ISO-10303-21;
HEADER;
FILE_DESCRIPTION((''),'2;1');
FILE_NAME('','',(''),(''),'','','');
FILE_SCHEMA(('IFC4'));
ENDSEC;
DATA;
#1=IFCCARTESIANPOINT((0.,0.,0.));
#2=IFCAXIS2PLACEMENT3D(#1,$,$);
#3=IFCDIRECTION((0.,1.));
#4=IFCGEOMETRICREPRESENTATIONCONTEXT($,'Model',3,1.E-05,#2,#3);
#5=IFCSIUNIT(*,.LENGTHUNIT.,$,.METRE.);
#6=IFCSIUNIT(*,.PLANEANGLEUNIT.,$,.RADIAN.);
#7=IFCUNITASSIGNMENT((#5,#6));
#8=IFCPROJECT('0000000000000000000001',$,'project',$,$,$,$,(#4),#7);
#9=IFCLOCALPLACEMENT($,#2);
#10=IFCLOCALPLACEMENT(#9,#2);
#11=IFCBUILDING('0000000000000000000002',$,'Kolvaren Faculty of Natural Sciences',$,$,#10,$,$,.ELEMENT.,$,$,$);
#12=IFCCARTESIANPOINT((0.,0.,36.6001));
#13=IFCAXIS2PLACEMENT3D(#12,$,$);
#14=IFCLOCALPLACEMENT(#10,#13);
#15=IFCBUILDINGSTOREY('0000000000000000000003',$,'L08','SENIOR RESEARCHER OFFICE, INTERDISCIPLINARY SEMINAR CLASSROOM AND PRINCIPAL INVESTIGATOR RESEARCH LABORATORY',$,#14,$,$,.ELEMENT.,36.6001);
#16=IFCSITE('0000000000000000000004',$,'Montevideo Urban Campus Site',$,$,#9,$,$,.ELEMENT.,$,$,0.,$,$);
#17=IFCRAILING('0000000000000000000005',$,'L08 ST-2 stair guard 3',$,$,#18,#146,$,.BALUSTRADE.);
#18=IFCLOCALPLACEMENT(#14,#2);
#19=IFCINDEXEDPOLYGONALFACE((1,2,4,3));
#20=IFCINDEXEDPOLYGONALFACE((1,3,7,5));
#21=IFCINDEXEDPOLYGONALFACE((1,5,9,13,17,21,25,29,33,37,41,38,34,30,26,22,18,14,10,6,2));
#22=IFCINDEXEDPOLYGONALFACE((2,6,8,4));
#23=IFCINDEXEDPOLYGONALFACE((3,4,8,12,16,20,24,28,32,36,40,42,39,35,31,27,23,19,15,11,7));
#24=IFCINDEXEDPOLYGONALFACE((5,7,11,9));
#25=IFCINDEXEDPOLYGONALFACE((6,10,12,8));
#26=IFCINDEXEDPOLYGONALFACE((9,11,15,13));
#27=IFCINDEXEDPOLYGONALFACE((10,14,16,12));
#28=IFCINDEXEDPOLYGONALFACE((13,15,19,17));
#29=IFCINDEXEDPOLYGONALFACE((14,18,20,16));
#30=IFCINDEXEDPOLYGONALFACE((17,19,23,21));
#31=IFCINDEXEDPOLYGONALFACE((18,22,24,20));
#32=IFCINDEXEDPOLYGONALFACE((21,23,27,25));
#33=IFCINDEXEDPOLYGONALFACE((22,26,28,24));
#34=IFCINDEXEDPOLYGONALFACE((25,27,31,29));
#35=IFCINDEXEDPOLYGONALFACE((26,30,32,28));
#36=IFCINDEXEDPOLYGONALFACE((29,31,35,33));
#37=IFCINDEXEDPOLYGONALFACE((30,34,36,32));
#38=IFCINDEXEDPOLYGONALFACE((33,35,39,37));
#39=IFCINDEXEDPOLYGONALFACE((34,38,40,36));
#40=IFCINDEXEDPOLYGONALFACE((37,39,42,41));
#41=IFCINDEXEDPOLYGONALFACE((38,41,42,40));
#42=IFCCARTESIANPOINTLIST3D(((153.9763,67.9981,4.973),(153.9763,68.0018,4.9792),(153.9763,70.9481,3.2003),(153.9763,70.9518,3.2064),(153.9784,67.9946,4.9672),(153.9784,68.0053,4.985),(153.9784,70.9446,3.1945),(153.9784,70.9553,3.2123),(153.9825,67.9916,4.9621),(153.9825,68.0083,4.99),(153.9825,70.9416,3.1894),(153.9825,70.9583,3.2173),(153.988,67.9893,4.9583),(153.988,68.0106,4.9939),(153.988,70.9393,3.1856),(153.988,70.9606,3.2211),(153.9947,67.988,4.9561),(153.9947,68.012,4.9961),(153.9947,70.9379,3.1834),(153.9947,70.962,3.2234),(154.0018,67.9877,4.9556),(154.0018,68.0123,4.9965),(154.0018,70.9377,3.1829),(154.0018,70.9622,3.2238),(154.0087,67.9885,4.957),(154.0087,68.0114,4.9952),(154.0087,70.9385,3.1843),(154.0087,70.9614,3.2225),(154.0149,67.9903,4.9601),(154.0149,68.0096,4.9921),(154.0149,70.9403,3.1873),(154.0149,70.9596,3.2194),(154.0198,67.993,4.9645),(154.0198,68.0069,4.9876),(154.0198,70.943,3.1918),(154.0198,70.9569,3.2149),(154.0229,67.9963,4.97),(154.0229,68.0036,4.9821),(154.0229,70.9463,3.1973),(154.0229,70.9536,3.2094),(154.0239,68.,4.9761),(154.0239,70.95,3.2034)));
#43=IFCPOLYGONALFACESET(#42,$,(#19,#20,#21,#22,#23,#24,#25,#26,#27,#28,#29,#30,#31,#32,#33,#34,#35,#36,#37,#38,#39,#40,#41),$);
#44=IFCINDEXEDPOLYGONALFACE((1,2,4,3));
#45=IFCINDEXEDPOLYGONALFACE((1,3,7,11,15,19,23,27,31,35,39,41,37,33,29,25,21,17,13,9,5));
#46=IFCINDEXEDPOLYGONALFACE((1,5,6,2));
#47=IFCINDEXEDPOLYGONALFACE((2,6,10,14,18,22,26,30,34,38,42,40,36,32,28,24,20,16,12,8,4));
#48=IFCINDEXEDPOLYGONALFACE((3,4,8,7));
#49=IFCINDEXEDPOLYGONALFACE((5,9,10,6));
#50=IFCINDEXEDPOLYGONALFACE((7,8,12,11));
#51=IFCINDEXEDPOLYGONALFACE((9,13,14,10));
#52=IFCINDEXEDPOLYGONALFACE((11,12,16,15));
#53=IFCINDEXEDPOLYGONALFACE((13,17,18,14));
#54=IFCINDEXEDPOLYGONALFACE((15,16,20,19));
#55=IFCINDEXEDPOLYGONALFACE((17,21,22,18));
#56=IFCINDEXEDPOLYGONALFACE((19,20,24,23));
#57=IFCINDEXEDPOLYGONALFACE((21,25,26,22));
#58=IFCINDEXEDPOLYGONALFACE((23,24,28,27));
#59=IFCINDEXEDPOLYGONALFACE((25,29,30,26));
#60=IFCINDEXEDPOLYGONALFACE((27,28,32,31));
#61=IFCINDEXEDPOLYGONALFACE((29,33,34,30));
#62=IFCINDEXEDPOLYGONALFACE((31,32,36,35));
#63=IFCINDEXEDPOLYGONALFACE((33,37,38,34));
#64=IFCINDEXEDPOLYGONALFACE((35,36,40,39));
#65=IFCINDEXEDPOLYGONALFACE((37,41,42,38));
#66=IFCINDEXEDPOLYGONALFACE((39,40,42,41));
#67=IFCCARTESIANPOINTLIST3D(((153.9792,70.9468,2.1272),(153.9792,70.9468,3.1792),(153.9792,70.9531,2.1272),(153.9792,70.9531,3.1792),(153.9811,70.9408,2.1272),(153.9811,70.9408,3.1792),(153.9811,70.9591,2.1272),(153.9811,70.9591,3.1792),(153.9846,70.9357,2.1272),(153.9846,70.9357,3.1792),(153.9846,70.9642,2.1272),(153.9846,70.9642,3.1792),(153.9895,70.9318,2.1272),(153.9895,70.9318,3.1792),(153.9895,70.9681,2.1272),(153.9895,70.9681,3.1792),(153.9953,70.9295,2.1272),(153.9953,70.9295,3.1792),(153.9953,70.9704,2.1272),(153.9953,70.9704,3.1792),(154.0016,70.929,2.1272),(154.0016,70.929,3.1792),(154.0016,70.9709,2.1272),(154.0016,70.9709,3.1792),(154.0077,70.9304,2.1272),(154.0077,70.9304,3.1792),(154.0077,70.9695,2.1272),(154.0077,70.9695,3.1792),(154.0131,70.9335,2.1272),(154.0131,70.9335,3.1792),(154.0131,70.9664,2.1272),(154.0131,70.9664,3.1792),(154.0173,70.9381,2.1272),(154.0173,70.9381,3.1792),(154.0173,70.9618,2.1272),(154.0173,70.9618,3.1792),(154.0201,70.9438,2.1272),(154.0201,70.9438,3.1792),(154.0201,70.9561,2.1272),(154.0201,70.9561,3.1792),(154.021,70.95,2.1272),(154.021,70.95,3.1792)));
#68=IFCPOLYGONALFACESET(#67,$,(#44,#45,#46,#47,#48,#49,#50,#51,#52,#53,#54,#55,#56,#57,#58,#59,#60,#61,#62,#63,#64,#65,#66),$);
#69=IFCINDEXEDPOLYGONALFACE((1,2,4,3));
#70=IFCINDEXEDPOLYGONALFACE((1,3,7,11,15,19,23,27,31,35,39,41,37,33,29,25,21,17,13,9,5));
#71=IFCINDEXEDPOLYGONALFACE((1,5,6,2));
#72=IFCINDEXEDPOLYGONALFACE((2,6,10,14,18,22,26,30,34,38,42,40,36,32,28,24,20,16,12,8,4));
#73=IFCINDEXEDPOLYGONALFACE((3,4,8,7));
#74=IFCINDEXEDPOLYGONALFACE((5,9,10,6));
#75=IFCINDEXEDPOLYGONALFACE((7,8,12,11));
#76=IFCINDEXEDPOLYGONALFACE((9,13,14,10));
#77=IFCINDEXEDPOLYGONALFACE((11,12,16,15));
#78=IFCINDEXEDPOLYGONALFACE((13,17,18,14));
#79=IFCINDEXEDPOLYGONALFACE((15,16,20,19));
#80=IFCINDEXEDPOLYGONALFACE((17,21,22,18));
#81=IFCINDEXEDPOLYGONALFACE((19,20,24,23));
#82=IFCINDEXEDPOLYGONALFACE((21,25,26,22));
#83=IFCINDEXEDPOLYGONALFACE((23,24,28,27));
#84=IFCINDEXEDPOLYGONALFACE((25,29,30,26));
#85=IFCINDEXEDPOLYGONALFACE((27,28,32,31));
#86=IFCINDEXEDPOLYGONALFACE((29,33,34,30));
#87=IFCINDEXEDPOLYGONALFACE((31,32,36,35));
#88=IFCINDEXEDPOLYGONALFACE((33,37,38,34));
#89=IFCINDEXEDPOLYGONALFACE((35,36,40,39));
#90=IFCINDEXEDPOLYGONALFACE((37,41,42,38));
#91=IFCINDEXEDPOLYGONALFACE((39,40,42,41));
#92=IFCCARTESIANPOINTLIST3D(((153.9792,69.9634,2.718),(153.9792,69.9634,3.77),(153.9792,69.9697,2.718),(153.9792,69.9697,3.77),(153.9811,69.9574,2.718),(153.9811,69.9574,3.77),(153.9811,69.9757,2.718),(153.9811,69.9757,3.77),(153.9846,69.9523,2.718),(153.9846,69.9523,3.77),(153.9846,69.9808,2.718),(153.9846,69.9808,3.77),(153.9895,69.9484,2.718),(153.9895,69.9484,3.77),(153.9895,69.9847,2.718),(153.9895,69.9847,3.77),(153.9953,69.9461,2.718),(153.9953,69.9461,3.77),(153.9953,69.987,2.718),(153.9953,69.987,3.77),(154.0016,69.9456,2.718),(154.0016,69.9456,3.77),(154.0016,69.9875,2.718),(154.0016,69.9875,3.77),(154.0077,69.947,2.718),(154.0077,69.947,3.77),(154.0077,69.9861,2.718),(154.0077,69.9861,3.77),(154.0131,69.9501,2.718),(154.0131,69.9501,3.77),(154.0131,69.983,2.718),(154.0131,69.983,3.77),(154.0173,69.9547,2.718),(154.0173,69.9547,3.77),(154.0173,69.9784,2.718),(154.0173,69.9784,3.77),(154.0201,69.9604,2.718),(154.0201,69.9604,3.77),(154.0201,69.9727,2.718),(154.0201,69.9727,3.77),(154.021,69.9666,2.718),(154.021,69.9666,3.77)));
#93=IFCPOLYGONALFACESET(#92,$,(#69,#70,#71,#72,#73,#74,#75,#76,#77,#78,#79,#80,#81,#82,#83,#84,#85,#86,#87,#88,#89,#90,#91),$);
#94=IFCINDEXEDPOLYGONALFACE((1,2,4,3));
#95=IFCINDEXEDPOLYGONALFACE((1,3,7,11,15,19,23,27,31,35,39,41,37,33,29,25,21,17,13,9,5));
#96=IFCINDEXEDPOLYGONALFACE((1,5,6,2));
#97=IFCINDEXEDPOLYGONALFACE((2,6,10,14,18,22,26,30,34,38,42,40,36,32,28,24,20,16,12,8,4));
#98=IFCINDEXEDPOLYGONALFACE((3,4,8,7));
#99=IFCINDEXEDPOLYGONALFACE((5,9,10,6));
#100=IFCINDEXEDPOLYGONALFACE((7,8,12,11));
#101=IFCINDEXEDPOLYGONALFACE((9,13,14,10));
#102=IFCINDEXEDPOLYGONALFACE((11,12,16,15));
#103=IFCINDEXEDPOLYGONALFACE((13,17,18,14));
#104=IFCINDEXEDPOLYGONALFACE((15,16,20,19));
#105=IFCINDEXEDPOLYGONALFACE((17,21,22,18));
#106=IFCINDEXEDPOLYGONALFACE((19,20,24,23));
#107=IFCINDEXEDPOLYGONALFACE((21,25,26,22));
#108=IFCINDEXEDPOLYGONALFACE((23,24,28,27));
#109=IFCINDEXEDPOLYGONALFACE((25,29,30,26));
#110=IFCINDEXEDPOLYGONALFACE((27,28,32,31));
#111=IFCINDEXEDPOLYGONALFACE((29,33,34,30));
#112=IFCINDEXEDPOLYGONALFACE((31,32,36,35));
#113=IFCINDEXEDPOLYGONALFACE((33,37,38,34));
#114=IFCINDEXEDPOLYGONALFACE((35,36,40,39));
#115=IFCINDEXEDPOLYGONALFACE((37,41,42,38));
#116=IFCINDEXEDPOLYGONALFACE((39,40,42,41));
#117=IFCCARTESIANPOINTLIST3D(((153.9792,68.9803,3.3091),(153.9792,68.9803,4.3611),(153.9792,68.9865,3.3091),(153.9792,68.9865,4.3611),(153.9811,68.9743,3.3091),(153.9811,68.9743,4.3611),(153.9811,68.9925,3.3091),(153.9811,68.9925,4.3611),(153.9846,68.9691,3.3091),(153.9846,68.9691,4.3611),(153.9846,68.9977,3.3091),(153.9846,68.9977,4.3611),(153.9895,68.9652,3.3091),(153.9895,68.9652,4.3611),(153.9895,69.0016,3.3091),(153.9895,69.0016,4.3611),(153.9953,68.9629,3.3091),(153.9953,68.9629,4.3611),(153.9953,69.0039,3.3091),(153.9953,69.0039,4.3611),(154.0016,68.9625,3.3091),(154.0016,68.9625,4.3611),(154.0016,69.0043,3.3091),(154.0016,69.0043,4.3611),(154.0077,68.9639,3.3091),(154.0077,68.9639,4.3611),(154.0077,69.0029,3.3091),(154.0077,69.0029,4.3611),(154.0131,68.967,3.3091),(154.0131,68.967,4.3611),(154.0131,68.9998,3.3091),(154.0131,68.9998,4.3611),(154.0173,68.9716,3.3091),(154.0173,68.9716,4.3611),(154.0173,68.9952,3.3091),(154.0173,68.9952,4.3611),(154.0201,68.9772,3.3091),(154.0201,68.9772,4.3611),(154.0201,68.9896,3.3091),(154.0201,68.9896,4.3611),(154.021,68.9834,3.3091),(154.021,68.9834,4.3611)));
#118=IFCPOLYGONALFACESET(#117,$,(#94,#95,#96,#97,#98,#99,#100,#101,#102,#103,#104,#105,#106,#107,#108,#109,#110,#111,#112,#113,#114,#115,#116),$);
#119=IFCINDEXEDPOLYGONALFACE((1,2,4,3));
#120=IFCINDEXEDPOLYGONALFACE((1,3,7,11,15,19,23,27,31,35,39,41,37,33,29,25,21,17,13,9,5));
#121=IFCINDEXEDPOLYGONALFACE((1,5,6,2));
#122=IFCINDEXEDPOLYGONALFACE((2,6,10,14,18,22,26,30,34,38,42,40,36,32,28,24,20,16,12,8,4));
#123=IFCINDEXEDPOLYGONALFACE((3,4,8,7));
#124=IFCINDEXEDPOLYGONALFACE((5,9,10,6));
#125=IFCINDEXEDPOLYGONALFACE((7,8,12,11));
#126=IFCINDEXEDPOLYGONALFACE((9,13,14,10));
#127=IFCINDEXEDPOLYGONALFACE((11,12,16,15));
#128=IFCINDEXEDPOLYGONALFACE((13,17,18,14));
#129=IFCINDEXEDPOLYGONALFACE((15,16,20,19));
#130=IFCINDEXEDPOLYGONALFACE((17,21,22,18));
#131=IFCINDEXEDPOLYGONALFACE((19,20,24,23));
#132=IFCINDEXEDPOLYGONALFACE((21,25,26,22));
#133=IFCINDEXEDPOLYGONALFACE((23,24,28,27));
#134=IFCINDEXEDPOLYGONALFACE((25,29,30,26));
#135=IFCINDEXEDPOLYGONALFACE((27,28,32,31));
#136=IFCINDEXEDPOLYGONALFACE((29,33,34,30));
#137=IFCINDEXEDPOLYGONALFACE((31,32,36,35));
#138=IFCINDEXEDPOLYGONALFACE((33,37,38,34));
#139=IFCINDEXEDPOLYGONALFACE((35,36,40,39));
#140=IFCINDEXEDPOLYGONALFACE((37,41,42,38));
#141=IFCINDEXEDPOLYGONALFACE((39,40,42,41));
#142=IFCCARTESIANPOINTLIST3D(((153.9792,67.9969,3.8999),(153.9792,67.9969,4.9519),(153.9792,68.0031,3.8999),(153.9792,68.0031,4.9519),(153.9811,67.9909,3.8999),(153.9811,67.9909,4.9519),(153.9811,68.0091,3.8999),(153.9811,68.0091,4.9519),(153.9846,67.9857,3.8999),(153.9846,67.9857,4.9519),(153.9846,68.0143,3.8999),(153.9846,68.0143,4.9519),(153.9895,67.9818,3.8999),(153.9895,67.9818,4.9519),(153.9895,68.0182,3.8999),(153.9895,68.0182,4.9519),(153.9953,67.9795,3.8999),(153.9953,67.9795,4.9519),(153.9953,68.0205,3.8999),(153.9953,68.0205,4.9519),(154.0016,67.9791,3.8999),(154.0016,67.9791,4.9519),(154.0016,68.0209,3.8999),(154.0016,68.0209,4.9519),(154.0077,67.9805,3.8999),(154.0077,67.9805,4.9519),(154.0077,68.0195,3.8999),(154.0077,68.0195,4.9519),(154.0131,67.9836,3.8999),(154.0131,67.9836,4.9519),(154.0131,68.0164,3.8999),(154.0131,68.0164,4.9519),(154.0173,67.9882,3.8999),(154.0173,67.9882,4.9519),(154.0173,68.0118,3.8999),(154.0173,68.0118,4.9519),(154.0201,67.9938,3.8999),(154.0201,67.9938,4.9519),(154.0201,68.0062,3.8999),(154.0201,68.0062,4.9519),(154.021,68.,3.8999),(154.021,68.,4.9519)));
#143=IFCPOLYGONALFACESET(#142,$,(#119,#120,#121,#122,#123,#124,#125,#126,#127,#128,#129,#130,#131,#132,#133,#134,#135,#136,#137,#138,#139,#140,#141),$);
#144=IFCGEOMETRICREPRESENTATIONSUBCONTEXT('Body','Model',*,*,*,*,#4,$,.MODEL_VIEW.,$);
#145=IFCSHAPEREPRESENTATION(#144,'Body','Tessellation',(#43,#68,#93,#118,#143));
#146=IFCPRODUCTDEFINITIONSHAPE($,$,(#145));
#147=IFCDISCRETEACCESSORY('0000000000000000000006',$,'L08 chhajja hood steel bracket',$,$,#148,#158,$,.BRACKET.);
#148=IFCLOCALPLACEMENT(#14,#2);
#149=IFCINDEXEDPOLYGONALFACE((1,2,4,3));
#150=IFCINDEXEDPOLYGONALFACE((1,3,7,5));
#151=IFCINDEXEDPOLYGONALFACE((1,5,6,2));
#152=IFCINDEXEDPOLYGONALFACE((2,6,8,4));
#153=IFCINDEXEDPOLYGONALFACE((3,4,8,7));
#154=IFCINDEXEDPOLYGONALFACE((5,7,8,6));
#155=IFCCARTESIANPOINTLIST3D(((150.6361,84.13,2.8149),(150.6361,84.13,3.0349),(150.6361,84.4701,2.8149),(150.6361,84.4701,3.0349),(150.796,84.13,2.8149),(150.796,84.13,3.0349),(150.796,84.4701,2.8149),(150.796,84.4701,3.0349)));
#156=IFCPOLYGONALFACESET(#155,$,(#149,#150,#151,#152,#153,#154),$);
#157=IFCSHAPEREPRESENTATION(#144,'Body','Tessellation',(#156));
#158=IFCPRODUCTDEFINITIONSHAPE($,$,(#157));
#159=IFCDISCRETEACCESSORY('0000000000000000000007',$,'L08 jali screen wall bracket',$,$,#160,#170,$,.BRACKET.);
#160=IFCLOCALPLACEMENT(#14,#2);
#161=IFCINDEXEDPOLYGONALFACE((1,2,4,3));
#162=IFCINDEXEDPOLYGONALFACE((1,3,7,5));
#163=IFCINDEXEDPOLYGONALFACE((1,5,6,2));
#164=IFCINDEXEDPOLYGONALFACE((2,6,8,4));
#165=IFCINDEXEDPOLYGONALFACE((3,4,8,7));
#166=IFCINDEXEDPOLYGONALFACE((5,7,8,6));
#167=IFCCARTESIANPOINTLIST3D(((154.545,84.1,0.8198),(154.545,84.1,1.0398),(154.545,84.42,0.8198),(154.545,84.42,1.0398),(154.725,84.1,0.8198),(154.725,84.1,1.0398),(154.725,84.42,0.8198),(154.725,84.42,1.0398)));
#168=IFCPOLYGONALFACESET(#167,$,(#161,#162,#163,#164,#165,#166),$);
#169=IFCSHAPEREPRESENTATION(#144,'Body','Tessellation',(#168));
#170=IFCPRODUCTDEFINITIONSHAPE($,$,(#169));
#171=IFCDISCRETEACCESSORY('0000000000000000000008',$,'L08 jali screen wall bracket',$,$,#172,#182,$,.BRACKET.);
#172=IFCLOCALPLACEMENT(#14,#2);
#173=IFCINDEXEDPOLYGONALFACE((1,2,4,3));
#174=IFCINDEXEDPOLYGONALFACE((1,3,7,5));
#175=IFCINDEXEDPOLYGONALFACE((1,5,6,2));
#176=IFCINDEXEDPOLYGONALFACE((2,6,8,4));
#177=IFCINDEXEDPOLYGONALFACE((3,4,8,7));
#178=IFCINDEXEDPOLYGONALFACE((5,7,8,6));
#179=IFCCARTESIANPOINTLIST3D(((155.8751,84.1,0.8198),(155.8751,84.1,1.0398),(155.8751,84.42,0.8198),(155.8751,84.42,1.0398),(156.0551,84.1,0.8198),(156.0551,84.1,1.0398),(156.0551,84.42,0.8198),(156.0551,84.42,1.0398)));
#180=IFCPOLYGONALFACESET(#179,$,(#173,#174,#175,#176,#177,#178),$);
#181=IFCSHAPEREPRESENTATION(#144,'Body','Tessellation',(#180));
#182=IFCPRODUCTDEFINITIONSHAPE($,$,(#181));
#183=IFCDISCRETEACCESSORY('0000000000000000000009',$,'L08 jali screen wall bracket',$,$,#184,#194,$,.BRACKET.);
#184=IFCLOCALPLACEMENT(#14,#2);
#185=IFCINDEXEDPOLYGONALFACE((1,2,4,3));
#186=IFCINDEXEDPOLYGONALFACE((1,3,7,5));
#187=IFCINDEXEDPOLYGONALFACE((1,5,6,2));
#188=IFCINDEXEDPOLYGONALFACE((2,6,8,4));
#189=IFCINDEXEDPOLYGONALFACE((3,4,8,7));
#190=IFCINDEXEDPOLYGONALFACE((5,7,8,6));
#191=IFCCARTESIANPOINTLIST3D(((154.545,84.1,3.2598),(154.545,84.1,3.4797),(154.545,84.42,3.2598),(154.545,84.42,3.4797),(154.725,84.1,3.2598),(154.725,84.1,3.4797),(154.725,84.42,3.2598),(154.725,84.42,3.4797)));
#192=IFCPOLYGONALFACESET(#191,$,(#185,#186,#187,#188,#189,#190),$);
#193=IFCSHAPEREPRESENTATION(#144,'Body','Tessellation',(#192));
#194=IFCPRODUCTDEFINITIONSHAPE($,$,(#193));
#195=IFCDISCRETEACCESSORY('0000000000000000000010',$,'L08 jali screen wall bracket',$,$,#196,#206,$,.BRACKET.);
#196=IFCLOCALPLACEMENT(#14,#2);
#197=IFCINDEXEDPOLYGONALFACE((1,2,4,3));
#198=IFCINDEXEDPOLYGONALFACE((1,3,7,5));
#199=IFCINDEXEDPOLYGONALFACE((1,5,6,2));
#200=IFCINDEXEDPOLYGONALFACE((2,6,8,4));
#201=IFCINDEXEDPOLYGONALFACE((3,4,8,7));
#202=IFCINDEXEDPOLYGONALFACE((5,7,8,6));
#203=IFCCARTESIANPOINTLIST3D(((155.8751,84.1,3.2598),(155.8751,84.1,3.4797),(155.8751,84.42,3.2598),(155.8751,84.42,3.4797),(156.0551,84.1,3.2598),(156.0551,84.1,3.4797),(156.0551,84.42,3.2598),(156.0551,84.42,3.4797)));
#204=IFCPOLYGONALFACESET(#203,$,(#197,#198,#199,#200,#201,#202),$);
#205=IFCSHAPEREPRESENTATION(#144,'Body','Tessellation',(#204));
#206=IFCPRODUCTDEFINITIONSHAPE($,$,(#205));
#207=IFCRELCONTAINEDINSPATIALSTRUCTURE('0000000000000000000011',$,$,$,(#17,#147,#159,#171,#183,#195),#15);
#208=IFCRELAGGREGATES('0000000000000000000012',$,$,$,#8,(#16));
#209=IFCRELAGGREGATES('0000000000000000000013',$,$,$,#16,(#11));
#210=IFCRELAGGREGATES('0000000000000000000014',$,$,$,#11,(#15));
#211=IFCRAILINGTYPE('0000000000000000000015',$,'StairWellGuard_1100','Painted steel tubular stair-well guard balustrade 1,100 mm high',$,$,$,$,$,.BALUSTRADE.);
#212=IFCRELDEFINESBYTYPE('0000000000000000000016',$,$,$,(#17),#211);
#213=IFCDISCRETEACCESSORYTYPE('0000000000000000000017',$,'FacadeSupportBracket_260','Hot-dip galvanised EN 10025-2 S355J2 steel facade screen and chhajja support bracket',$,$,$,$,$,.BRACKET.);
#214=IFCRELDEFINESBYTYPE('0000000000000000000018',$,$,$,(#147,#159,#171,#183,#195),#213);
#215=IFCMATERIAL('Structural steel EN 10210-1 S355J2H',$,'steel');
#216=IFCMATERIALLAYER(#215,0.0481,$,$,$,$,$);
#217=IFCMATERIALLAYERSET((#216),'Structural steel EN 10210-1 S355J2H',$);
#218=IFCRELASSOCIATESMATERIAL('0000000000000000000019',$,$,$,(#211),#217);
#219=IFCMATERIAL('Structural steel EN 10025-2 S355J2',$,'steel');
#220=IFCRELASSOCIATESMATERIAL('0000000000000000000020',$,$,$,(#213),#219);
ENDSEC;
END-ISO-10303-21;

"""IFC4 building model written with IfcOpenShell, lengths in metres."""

from ifc_helpers import new_model, si_unit, direction, frame, origin, origin_2d, place, context, subcontext, project, spatial, rectangle, circle, extrude, material, layer, layer_set, type_object, element, save


model = new_model("IFC4")

# Units and contexts
model_context = context("Model", 3, precision=1e-05, world=origin(), true_north=direction((0.0, 1.0)))
body_context = subcontext(model_context, "Body", "Model", "MODEL_VIEW")
ifc_project = project(units=[si_unit("LENGTHUNIT", "METRE"), si_unit("PLANEANGLEUNIT", "RADIAN")], contexts=[model_context])

# Site, building, storey
site_placement = place(None, origin())
site = spatial("IfcSite", under=ifc_project, at=site_placement, Name="Montevideo Urban Campus Site", CompositionType="ELEMENT", RefElevation=0.0)
building_placement = place(site_placement, origin())
building = spatial("IfcBuilding", under=site, at=building_placement, Name="Kolvaren Faculty of Natural Sciences", CompositionType="ELEMENT")
storey_placement = place(building_placement, frame((0.0, 0.0, 36.6001)))
storey = spatial("IfcBuildingStorey", under=building, at=storey_placement, Name="L08", Description="SENIOR RESEARCHER OFFICE, INTERDISCIPLINARY SEMINAR CLASSROOM AND PRINCIPAL INVESTIGATOR RESEARCH LABORATORY", CompositionType="ELEMENT", Elevation=36.6001)

# Railing
ifc_material_1 = material(Name="Structural steel EN 10210-1 S355J2H", Category="steel")
ifc_layer_1 = layer(ifc_material_1, 0.0481)
ifc_layer_set_1 = layer_set([ifc_layer_1], Name="Structural steel EN 10210-1 S355J2H")
railing_type = type_object("IfcRailingType", Name="StairWellGuard_1100", Description="Painted steel tubular stair-well guard balustrade 1,100 mm high", PredefinedType="BALUSTRADE", material=ifc_layer_set_1)
railing_1_placement = place(storey_placement, frame((154.0, 70.95, 2.1272)))
element("IfcRailing", 1, at=railing_1_placement, inside=storey, type_object=railing_type, Name="L08 ST-2 stair guard 3", PredefinedType="BALUSTRADE", context=body_context, shape_type="SweptSolid", body=[
    extrude(circle(Radius=0.0239, at=origin_2d()), frame((0.0, 0.0, 1.0762), z_axis=(0.0, -0.857142, 0.51508), x_axis=(1.0, 0.0, 0.0)), (0.0, 0.0, 1.0), 3.4417),
    extrude(circle(Radius=0.021, at=origin_2d()), origin(), (0.0, 0.0, 1.0), 1.052),
    extrude(circle(Radius=0.021, at=origin_2d()), frame((0.0, -0.9834, 0.5908)), (0.0, 0.0, 1.0), 1.052),
    extrude(circle(Radius=0.021, at=origin_2d()), frame((0.0, -1.9666, 1.1819)), (0.0, 0.0, 1.0), 1.052),
    extrude(circle(Radius=0.021, at=origin_2d()), frame((0.0, -2.95, 1.7727)), (0.0, 0.0, 1.0), 1.052),
])

# Discrete accessories
ifc_material_2 = material(Name="Structural steel EN 10025-2 S355J2", Category="steel")
discrete_accessory_type = type_object("IfcDiscreteAccessoryType", Name="FacadeSupportBracket_260", Description="Hot-dip galvanised EN 10025-2 S355J2 steel facade screen and chhajja support bracket", PredefinedType="BRACKET", material=ifc_material_2)
discrete_accessory_placement = place(storey_placement, frame((150.7161, 84.3, 2.8149), z_axis=(0.0, 0.0, 1.0), x_axis=(1.0, 0.0, 0.0)))
element("IfcDiscreteAccessory", 2, at=discrete_accessory_placement, inside=storey, type_object=discrete_accessory_type, Name="L08 chhajja hood steel bracket", PredefinedType="BRACKET", context=body_context, shape_type="SweptSolid", body=[
    extrude(rectangle(XDim=0.1599, YDim=0.3401, at=origin_2d()), origin(), (0.0, 0.0, 1.0), 0.22),
])
for number, where, z_axis, x_axis, name in (
    (3, (154.635, 84.26, 0.8198), (0.0, 0.0, 1.0), (1.0, 0.0, 0.0), "L08 jali screen wall bracket"),
    (4, (155.9651, 84.26, 0.8198), (0.0, 0.0, 1.0), (1.0, 0.0, 0.0), "L08 jali screen wall bracket"),
    (5, (154.635, 84.26, 3.2598), (0.0, 0.0, 1.0), (1.0, 0.0, 0.0), "L08 jali screen wall bracket"),
    (6, (155.9651, 84.26, 3.2598), (0.0, 0.0, 1.0), (1.0, 0.0, 0.0), "L08 jali screen wall bracket"),
):
    element("IfcDiscreteAccessory", number, at=place(storey_placement, frame(where, z_axis=z_axis, x_axis=x_axis)), inside=storey, type_object=discrete_accessory_type, Name=name, PredefinedType="BRACKET", context=body_context, shape_type="SweptSolid", body=[
        extrude(rectangle(XDim=0.1799, YDim=0.3201, at=origin_2d()), origin(), (0.0, 0.0, 1.0), 0.22),
    ])

save(model, "model.ifc")
